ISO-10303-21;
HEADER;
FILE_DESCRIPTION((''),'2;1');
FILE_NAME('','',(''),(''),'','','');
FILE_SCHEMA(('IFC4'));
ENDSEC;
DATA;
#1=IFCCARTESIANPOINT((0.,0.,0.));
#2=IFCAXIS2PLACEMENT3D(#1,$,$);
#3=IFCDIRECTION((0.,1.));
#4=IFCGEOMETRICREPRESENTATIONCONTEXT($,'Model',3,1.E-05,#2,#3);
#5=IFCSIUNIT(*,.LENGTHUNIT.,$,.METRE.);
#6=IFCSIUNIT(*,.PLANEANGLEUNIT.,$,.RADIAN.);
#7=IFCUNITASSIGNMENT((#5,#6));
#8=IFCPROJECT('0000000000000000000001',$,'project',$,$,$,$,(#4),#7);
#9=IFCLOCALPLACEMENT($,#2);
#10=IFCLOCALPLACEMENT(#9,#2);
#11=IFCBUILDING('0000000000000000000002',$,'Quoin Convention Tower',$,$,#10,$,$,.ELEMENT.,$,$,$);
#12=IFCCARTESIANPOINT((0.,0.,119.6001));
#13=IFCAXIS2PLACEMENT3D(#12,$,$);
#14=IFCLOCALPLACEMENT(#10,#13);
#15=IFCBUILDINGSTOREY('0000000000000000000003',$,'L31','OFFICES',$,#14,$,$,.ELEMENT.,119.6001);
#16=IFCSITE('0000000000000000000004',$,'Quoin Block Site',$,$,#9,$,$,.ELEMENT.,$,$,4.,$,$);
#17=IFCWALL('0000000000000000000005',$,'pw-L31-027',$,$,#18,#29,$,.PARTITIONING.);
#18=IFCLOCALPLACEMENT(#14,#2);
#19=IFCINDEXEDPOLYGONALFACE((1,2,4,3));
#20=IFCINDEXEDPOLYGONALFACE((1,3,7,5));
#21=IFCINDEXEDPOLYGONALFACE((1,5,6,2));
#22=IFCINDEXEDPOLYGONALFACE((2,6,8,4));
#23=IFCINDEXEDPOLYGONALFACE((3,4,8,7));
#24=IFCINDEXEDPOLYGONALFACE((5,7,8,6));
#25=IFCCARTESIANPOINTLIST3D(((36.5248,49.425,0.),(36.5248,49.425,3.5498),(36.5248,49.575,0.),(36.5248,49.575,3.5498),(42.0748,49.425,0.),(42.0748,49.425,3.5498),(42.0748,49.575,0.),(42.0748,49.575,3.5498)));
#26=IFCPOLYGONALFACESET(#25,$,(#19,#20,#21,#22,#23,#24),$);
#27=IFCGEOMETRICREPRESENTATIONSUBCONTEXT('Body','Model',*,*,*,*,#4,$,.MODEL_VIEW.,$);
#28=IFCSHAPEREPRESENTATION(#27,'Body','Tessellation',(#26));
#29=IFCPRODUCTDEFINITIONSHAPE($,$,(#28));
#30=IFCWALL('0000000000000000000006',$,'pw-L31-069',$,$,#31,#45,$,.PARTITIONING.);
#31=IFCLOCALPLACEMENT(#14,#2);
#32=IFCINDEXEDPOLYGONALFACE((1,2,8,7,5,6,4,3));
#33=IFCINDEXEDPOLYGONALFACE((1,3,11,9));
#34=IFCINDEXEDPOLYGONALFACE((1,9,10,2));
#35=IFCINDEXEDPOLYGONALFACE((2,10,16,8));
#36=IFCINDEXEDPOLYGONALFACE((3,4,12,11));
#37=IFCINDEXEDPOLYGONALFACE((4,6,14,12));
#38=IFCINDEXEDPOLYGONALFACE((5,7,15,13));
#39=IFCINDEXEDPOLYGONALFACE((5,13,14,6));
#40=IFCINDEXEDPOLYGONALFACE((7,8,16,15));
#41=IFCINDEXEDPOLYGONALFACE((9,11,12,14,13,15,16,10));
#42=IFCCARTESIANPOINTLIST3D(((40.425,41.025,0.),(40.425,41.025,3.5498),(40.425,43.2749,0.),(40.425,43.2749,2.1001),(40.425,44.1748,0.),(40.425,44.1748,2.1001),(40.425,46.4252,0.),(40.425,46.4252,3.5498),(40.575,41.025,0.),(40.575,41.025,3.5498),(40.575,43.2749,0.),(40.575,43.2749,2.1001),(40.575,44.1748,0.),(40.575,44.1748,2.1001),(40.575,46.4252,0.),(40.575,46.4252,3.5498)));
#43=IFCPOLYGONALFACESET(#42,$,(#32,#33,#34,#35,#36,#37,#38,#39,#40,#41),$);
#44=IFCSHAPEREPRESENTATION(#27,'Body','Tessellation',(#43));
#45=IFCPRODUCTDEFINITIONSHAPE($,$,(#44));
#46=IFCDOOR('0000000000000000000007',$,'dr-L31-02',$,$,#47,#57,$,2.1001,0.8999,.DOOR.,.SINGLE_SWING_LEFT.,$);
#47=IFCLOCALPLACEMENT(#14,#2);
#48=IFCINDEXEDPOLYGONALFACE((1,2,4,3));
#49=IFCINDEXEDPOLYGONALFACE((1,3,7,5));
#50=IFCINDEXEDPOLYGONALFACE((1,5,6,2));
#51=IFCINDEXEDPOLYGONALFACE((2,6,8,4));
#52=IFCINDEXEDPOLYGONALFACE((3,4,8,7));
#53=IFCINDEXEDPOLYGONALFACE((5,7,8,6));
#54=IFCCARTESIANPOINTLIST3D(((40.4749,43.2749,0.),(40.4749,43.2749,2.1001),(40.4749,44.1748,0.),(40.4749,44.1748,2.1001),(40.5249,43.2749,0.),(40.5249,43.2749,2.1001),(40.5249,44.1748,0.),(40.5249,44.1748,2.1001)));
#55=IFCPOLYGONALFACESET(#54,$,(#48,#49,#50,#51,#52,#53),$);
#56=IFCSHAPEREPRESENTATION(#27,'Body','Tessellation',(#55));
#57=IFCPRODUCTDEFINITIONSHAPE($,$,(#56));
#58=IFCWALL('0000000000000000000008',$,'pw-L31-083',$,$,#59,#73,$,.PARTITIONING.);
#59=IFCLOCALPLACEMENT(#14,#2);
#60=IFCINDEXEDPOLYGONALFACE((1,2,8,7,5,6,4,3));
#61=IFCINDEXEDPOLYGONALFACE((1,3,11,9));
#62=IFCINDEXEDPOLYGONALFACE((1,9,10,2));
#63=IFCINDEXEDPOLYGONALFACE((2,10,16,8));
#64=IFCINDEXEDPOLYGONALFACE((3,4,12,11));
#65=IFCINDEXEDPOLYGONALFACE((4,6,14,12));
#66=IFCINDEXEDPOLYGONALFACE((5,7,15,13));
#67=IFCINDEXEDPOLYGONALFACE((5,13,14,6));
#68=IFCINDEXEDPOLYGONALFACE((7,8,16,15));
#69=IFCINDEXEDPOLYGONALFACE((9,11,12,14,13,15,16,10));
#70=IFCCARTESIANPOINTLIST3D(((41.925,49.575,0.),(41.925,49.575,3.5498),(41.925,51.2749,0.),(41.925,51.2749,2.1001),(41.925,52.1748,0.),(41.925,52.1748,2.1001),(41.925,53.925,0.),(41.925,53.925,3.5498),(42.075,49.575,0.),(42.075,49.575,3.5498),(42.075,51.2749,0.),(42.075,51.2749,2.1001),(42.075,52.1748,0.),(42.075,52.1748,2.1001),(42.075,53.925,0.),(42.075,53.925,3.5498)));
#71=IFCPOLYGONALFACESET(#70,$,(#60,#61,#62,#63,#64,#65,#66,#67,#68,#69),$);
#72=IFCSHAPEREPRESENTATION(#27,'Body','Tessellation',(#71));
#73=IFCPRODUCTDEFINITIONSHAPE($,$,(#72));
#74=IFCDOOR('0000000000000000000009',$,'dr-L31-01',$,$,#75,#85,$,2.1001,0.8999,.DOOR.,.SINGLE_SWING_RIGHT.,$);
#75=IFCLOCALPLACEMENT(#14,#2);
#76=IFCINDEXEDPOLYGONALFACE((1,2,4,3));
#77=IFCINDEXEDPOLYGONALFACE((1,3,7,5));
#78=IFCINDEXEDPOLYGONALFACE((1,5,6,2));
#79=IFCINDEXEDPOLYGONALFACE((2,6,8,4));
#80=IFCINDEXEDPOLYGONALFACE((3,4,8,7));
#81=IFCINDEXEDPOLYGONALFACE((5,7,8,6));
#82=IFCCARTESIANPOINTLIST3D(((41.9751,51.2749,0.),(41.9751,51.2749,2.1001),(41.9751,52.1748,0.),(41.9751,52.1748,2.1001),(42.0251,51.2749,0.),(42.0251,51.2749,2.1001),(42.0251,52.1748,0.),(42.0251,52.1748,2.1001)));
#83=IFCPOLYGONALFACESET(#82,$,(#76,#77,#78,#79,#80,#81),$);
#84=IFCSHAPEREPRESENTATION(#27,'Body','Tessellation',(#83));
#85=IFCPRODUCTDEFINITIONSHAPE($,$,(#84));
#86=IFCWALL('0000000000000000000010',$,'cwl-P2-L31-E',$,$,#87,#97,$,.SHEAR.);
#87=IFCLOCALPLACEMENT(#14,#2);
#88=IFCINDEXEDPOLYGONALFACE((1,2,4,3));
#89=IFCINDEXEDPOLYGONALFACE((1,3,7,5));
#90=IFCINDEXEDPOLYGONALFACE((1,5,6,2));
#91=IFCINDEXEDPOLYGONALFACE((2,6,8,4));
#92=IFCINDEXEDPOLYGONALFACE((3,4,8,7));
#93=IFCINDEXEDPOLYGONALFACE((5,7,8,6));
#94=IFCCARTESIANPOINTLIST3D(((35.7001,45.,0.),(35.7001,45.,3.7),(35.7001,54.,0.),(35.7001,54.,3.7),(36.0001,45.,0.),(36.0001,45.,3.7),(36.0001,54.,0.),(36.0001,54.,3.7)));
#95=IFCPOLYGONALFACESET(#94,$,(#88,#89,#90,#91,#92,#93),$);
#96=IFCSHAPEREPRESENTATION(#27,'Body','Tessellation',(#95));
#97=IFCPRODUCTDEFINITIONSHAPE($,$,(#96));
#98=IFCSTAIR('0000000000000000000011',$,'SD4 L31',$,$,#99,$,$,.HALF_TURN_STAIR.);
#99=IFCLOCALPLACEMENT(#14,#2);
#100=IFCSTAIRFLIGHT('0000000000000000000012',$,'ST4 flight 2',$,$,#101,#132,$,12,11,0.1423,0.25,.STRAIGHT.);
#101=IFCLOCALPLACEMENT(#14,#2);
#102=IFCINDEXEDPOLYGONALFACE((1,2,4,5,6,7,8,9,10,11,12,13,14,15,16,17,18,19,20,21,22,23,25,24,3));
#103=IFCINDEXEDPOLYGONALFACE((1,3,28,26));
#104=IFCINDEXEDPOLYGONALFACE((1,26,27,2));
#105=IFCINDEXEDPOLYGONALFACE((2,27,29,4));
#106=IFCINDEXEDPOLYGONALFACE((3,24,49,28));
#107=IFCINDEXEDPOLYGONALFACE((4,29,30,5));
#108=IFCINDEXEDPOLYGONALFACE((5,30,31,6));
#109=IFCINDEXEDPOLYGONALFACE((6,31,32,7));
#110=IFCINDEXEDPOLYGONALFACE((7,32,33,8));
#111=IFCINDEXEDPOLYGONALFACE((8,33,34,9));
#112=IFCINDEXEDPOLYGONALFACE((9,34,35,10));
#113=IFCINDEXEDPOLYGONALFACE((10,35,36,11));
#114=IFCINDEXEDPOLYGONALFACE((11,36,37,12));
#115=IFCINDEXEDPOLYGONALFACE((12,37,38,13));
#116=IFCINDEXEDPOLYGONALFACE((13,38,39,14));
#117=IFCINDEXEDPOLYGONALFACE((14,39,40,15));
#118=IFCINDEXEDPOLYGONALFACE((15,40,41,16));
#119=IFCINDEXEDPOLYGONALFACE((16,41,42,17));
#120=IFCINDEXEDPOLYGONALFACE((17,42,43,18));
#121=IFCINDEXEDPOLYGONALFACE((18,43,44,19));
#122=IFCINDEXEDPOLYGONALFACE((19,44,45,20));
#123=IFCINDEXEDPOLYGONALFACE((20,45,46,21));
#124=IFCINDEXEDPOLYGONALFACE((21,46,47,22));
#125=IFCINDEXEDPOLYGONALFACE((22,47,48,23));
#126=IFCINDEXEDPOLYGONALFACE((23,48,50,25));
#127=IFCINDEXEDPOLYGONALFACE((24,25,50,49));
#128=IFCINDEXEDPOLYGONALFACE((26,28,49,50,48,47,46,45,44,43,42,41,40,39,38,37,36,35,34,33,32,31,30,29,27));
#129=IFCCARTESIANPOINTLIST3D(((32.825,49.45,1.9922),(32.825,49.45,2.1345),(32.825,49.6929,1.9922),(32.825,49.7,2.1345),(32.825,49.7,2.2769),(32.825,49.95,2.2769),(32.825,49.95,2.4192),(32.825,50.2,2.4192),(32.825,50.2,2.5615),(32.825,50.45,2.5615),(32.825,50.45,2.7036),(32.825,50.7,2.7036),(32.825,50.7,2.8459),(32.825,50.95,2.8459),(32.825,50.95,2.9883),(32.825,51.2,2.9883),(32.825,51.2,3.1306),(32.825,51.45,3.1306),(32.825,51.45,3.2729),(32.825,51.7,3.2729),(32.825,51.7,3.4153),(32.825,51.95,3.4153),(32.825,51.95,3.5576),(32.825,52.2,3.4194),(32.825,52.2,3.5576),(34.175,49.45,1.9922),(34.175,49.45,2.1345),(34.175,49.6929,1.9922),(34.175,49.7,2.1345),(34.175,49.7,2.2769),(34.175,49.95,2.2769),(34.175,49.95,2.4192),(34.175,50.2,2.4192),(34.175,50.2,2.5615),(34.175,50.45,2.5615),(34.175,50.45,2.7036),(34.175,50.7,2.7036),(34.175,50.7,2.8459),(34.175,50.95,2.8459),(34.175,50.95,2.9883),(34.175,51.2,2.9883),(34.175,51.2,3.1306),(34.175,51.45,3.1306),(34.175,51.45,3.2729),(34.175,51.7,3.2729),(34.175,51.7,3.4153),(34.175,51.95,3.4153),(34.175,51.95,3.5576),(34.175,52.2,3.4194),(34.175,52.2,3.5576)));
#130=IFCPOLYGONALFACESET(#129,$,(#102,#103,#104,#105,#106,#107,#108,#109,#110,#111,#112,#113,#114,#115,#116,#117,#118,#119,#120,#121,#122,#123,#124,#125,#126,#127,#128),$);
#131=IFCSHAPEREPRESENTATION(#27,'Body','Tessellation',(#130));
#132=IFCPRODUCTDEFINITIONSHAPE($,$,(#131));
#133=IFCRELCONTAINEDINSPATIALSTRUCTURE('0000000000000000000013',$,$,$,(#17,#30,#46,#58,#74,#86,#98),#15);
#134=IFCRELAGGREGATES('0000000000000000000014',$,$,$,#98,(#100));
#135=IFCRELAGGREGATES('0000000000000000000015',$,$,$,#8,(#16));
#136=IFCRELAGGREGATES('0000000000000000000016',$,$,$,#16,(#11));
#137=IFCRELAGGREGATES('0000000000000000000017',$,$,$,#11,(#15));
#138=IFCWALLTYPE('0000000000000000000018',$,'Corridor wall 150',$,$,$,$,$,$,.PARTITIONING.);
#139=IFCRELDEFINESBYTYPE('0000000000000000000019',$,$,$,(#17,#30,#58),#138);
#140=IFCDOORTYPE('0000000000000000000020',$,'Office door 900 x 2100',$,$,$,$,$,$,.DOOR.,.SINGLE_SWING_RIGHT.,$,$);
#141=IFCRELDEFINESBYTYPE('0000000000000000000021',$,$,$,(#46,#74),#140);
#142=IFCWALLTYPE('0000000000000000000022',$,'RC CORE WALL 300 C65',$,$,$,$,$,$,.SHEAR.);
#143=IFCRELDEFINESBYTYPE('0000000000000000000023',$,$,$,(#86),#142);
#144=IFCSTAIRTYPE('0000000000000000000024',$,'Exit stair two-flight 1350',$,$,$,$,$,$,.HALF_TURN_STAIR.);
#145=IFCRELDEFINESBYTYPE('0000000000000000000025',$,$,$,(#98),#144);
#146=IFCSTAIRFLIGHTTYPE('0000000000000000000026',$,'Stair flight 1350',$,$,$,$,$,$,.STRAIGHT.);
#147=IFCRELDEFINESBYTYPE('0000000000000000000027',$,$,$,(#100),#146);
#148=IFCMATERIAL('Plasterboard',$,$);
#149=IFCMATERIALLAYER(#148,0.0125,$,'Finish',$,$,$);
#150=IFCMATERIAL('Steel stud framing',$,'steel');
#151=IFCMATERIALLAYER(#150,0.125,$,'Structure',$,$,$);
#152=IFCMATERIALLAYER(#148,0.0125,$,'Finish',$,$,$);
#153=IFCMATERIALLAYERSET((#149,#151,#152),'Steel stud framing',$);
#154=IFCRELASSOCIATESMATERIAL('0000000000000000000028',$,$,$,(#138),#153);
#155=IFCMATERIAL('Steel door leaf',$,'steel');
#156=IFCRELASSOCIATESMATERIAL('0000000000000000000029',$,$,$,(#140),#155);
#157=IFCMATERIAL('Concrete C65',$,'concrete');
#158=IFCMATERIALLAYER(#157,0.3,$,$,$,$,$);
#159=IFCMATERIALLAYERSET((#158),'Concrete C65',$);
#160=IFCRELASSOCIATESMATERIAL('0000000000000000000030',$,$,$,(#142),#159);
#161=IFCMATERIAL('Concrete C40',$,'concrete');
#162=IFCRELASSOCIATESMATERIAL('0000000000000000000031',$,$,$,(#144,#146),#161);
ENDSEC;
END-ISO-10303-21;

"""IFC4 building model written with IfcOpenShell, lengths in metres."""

from ifc_helpers import new_model, si_unit, direction, frame, frame_2d, origin, place, context, subcontext, project, spatial, polyline, rectangle, outline, extrude, material, layer, layer_set, type_object, element, fill, aggregate, save


model = new_model("IFC4")

# Units and contexts
model_context = context("Model", 3, precision=1e-05, world=origin(), true_north=direction((0.0, 1.0)))
body_context = subcontext(model_context, "Body", "Model", "MODEL_VIEW")
ifc_project = project(units=[si_unit("LENGTHUNIT", "METRE"), si_unit("PLANEANGLEUNIT", "RADIAN")], contexts=[model_context])

# Site, building, storey
site_placement = place(None, origin())
site = spatial("IfcSite", under=ifc_project, at=site_placement, Name="Quoin Block Site", CompositionType="ELEMENT", RefElevation=4.0)
building_placement = place(site_placement, origin())
building = spatial("IfcBuilding", under=site, at=building_placement, Name="Quoin Convention Tower", CompositionType="ELEMENT")
storey_placement = place(building_placement, frame((0.0, 0.0, 119.6001)))
storey = spatial("IfcBuildingStorey", under=building, at=storey_placement, Name="L31", Description="OFFICES", CompositionType="ELEMENT", Elevation=119.6001)

# Shared definitions
ifc_material_1 = material(Name="Concrete C65", Category="concrete")

# Wall
ifc_material_2 = material(Name="Plasterboard")
ifc_layer_1 = layer(ifc_material_2, 0.0125, Name="Finish")
ifc_material_3 = material(Name="Steel stud framing", Category="steel")
ifc_layer_2 = layer(ifc_material_3, 0.125, Name="Structure")
ifc_layer_3 = layer(ifc_material_2, 0.0125, Name="Finish")
ifc_layer_set_1 = layer_set([ifc_layer_1, ifc_layer_2, ifc_layer_3], Name="Steel stud framing")
wall_type_1 = type_object("IfcWallType", Name="Corridor wall 150", PredefinedType="PARTITIONING", material=ifc_layer_set_1)
wall_1_placement = place(storey_placement, frame((36.5249, 49.5, 0.0), z_axis=(0.0, 0.0, 1.0), x_axis=(1.0, 0.0, 0.0)))
element("IfcWall", 1, at=wall_1_placement, inside=storey, type_object=wall_type_1, Name="pw-L31-027", PredefinedType="PARTITIONING", context=body_context, shape_type="SweptSolid", body=[
    extrude(rectangle(XDim=5.55, YDim=0.1499, at=frame_2d((2.7749, 0.0))), origin(), (0.0, 0.0, 1.0), 3.5498),
])

# Walls, openings, doors
wall_2_placement = place(storey_placement, frame((40.5, 41.0249, 0.0), z_axis=(0.0, 0.0, 1.0), x_axis=(0.0, 1.0, 0.0)))
wall_2 = element("IfcWall", 2, at=wall_2_placement, inside=storey, type_object=wall_type_1, Name="pw-L31-069", PredefinedType="PARTITIONING", context=body_context, shape_type="SweptSolid", body=[
    extrude(rectangle(XDim=5.4001, YDim=0.1499, at=frame_2d((2.7002, 0.0))), origin(), (0.0, 0.0, 1.0), 3.5498),
])
opening_1_placement = place(wall_2_placement, frame((2.25, 0.0, 0.0)))
opening_1 = element("IfcOpeningElement", 3, at=opening_1_placement, cuts=wall_2, PredefinedType="OPENING", context=body_context, shape_type="SweptSolid", body=[
    extrude(rectangle(XDim=0.8999, YDim=2.1001, at=frame_2d((0.45, 1.05))), frame((0.0, 0.085, 0.0), z_axis=(0.0, -1.0, 0.0), x_axis=(1.0, 0.0, 0.0)), (0.0, 0.0, 1.0), 0.1699),
])
ifc_material_4 = material(Name="Steel door leaf", Category="steel")
door_type = type_object("IfcDoorType", Name="Office door 900 x 2100", OperationType="SINGLE_SWING_RIGHT", PredefinedType="DOOR", material=ifc_material_4)
door_1_placement = place(opening_1_placement, frame((0.8999, 0.0, 0.0), z_axis=(0.0, 0.0, 1.0), x_axis=(-1.0, 0.0, 0.0)))
door_1 = element("IfcDoor", 4, at=door_1_placement, inside=storey, type_object=door_type, Name="dr-L31-02", OperationType="SINGLE_SWING_LEFT", OverallHeight=2.1001, OverallWidth=0.8999, PredefinedType="DOOR", context=body_context, shape_type="SweptSolid", body=[
    extrude(rectangle(XDim=0.8999, YDim=2.1001, at=frame_2d((0.45, 1.05))), frame((0.0, 0.0249, 0.0), z_axis=(0.0, -1.0, 0.0), x_axis=(1.0, 0.0, 0.0)), (0.0, 0.0, 1.0), 0.05),
])
fill(opening_1, door_1)
wall_3_placement = place(storey_placement, frame((42.0, 49.575, 0.0), z_axis=(0.0, 0.0, 1.0), x_axis=(0.0, 1.0, 0.0)))
wall_3 = element("IfcWall", 5, at=wall_3_placement, inside=storey, type_object=wall_type_1, Name="pw-L31-083", PredefinedType="PARTITIONING", context=body_context, shape_type="SweptSolid", body=[
    extrude(rectangle(XDim=4.3501, YDim=0.1499, at=frame_2d((2.175, 0.0))), origin(), (0.0, 0.0, 1.0), 3.5498),
])
opening_2_placement = place(wall_3_placement, frame((1.7, 0.0, 0.0)))
opening_2 = element("IfcOpeningElement", 6, at=opening_2_placement, cuts=wall_3, PredefinedType="OPENING", context=body_context, shape_type="SweptSolid", body=[
    extrude(rectangle(XDim=0.8999, YDim=2.1001, at=frame_2d((0.45, 1.05))), frame((0.0, 0.085, 0.0), z_axis=(0.0, -1.0, 0.0), x_axis=(1.0, 0.0, 0.0)), (0.0, 0.0, 1.0), 0.1699),
])
door_2_placement = place(opening_2_placement, origin())
door_2 = element("IfcDoor", 7, at=door_2_placement, inside=storey, type_object=door_type, Name="dr-L31-01", OperationType="SINGLE_SWING_RIGHT", OverallHeight=2.1001, OverallWidth=0.8999, PredefinedType="DOOR", context=body_context, shape_type="SweptSolid", body=[
    extrude(rectangle(XDim=0.8999, YDim=2.1001, at=frame_2d((0.45, 1.05))), frame((0.0, 0.0249, 0.0), z_axis=(0.0, -1.0, 0.0), x_axis=(1.0, 0.0, 0.0)), (0.0, 0.0, 1.0), 0.05),
])
fill(opening_2, door_2)

# Wall
ifc_layer_4 = layer(ifc_material_1, 0.3)
ifc_layer_set_2 = layer_set([ifc_layer_4], Name="Concrete C65")
wall_type_2 = type_object("IfcWallType", Name="RC CORE WALL 300 C65", PredefinedType="SHEAR", material=ifc_layer_set_2)
wall_4_placement = place(storey_placement, frame((35.8501, 45.0, 0.0), z_axis=(0.0, 0.0, 1.0), x_axis=(0.0, 1.0, 0.0)))
element("IfcWall", 8, at=wall_4_placement, inside=storey, type_object=wall_type_2, Name="cwl-P2-L31-E", PredefinedType="SHEAR", context=body_context, shape_type="SweptSolid", body=[
    extrude(rectangle(XDim=9.0, YDim=0.3, at=frame_2d((4.5, 0.0))), origin(), (0.0, 0.0, 1.0), 3.7),
])

# Stair, stair flight
ifc_material_5 = material(Name="Concrete C40", Category="concrete")
stair_type = type_object("IfcStairType", Name="Exit stair two-flight 1350", PredefinedType="HALF_TURN_STAIR", material=ifc_material_5)
stair_placement = place(storey_placement, origin())
stair = element("IfcStair", 9, at=stair_placement, inside=storey, type_object=stair_type, Name="SD4 L31", PredefinedType="HALF_TURN_STAIR")
stair_flight_type = type_object("IfcStairFlightType", Name="Stair flight 1350", PredefinedType="STRAIGHT", material=ifc_material_5)
stair_flight_placement = place(storey_placement, frame((33.5, 49.45, 1.9922), z_axis=(0.0, 0.0, 1.0), x_axis=(0.0, 1.0, 0.0)))
stair_flight = element("IfcStairFlight", 10, at=stair_flight_placement, type_object=stair_flight_type, Name="ST4 flight 2", NumberOfRisers=12, NumberOfTreads=11, PredefinedType="STRAIGHT", RiserHeight=0.1423, TreadLength=0.25, context=body_context, shape_type="SweptSolid", body=[
    extrude(outline(polyline([(0.0, 0.0), (0.0, 0.1423), (0.25, 0.1423), (0.25, 0.2847), (0.5, 0.2847), (0.5, 0.427), (0.75, 0.427), (0.75, 0.5693), (1.0, 0.5693), (1.0, 0.7114), (1.25, 0.7114), (1.25, 0.8538), (1.5, 0.8538), (1.5, 0.9961), (1.75, 0.9961), (1.75, 1.1384), (2.0, 1.1384), (2.0, 1.2808), (2.25, 1.2808), (2.25, 1.4231), (2.5, 1.4231), (2.5, 1.5654), (2.75, 1.5654), (2.75, 1.7078), (2.75, 1.4272), (0.2429, 0.0), (0.0, 0.0)])), frame((0.0, 0.675, 0.0), z_axis=(0.0, -1.0, 0.0), x_axis=(1.0, 0.0, 0.0)), (0.0, 0.0, 1.0), 1.3501),
])
aggregate(stair, [stair_flight])

save(model, "model.ifc")
